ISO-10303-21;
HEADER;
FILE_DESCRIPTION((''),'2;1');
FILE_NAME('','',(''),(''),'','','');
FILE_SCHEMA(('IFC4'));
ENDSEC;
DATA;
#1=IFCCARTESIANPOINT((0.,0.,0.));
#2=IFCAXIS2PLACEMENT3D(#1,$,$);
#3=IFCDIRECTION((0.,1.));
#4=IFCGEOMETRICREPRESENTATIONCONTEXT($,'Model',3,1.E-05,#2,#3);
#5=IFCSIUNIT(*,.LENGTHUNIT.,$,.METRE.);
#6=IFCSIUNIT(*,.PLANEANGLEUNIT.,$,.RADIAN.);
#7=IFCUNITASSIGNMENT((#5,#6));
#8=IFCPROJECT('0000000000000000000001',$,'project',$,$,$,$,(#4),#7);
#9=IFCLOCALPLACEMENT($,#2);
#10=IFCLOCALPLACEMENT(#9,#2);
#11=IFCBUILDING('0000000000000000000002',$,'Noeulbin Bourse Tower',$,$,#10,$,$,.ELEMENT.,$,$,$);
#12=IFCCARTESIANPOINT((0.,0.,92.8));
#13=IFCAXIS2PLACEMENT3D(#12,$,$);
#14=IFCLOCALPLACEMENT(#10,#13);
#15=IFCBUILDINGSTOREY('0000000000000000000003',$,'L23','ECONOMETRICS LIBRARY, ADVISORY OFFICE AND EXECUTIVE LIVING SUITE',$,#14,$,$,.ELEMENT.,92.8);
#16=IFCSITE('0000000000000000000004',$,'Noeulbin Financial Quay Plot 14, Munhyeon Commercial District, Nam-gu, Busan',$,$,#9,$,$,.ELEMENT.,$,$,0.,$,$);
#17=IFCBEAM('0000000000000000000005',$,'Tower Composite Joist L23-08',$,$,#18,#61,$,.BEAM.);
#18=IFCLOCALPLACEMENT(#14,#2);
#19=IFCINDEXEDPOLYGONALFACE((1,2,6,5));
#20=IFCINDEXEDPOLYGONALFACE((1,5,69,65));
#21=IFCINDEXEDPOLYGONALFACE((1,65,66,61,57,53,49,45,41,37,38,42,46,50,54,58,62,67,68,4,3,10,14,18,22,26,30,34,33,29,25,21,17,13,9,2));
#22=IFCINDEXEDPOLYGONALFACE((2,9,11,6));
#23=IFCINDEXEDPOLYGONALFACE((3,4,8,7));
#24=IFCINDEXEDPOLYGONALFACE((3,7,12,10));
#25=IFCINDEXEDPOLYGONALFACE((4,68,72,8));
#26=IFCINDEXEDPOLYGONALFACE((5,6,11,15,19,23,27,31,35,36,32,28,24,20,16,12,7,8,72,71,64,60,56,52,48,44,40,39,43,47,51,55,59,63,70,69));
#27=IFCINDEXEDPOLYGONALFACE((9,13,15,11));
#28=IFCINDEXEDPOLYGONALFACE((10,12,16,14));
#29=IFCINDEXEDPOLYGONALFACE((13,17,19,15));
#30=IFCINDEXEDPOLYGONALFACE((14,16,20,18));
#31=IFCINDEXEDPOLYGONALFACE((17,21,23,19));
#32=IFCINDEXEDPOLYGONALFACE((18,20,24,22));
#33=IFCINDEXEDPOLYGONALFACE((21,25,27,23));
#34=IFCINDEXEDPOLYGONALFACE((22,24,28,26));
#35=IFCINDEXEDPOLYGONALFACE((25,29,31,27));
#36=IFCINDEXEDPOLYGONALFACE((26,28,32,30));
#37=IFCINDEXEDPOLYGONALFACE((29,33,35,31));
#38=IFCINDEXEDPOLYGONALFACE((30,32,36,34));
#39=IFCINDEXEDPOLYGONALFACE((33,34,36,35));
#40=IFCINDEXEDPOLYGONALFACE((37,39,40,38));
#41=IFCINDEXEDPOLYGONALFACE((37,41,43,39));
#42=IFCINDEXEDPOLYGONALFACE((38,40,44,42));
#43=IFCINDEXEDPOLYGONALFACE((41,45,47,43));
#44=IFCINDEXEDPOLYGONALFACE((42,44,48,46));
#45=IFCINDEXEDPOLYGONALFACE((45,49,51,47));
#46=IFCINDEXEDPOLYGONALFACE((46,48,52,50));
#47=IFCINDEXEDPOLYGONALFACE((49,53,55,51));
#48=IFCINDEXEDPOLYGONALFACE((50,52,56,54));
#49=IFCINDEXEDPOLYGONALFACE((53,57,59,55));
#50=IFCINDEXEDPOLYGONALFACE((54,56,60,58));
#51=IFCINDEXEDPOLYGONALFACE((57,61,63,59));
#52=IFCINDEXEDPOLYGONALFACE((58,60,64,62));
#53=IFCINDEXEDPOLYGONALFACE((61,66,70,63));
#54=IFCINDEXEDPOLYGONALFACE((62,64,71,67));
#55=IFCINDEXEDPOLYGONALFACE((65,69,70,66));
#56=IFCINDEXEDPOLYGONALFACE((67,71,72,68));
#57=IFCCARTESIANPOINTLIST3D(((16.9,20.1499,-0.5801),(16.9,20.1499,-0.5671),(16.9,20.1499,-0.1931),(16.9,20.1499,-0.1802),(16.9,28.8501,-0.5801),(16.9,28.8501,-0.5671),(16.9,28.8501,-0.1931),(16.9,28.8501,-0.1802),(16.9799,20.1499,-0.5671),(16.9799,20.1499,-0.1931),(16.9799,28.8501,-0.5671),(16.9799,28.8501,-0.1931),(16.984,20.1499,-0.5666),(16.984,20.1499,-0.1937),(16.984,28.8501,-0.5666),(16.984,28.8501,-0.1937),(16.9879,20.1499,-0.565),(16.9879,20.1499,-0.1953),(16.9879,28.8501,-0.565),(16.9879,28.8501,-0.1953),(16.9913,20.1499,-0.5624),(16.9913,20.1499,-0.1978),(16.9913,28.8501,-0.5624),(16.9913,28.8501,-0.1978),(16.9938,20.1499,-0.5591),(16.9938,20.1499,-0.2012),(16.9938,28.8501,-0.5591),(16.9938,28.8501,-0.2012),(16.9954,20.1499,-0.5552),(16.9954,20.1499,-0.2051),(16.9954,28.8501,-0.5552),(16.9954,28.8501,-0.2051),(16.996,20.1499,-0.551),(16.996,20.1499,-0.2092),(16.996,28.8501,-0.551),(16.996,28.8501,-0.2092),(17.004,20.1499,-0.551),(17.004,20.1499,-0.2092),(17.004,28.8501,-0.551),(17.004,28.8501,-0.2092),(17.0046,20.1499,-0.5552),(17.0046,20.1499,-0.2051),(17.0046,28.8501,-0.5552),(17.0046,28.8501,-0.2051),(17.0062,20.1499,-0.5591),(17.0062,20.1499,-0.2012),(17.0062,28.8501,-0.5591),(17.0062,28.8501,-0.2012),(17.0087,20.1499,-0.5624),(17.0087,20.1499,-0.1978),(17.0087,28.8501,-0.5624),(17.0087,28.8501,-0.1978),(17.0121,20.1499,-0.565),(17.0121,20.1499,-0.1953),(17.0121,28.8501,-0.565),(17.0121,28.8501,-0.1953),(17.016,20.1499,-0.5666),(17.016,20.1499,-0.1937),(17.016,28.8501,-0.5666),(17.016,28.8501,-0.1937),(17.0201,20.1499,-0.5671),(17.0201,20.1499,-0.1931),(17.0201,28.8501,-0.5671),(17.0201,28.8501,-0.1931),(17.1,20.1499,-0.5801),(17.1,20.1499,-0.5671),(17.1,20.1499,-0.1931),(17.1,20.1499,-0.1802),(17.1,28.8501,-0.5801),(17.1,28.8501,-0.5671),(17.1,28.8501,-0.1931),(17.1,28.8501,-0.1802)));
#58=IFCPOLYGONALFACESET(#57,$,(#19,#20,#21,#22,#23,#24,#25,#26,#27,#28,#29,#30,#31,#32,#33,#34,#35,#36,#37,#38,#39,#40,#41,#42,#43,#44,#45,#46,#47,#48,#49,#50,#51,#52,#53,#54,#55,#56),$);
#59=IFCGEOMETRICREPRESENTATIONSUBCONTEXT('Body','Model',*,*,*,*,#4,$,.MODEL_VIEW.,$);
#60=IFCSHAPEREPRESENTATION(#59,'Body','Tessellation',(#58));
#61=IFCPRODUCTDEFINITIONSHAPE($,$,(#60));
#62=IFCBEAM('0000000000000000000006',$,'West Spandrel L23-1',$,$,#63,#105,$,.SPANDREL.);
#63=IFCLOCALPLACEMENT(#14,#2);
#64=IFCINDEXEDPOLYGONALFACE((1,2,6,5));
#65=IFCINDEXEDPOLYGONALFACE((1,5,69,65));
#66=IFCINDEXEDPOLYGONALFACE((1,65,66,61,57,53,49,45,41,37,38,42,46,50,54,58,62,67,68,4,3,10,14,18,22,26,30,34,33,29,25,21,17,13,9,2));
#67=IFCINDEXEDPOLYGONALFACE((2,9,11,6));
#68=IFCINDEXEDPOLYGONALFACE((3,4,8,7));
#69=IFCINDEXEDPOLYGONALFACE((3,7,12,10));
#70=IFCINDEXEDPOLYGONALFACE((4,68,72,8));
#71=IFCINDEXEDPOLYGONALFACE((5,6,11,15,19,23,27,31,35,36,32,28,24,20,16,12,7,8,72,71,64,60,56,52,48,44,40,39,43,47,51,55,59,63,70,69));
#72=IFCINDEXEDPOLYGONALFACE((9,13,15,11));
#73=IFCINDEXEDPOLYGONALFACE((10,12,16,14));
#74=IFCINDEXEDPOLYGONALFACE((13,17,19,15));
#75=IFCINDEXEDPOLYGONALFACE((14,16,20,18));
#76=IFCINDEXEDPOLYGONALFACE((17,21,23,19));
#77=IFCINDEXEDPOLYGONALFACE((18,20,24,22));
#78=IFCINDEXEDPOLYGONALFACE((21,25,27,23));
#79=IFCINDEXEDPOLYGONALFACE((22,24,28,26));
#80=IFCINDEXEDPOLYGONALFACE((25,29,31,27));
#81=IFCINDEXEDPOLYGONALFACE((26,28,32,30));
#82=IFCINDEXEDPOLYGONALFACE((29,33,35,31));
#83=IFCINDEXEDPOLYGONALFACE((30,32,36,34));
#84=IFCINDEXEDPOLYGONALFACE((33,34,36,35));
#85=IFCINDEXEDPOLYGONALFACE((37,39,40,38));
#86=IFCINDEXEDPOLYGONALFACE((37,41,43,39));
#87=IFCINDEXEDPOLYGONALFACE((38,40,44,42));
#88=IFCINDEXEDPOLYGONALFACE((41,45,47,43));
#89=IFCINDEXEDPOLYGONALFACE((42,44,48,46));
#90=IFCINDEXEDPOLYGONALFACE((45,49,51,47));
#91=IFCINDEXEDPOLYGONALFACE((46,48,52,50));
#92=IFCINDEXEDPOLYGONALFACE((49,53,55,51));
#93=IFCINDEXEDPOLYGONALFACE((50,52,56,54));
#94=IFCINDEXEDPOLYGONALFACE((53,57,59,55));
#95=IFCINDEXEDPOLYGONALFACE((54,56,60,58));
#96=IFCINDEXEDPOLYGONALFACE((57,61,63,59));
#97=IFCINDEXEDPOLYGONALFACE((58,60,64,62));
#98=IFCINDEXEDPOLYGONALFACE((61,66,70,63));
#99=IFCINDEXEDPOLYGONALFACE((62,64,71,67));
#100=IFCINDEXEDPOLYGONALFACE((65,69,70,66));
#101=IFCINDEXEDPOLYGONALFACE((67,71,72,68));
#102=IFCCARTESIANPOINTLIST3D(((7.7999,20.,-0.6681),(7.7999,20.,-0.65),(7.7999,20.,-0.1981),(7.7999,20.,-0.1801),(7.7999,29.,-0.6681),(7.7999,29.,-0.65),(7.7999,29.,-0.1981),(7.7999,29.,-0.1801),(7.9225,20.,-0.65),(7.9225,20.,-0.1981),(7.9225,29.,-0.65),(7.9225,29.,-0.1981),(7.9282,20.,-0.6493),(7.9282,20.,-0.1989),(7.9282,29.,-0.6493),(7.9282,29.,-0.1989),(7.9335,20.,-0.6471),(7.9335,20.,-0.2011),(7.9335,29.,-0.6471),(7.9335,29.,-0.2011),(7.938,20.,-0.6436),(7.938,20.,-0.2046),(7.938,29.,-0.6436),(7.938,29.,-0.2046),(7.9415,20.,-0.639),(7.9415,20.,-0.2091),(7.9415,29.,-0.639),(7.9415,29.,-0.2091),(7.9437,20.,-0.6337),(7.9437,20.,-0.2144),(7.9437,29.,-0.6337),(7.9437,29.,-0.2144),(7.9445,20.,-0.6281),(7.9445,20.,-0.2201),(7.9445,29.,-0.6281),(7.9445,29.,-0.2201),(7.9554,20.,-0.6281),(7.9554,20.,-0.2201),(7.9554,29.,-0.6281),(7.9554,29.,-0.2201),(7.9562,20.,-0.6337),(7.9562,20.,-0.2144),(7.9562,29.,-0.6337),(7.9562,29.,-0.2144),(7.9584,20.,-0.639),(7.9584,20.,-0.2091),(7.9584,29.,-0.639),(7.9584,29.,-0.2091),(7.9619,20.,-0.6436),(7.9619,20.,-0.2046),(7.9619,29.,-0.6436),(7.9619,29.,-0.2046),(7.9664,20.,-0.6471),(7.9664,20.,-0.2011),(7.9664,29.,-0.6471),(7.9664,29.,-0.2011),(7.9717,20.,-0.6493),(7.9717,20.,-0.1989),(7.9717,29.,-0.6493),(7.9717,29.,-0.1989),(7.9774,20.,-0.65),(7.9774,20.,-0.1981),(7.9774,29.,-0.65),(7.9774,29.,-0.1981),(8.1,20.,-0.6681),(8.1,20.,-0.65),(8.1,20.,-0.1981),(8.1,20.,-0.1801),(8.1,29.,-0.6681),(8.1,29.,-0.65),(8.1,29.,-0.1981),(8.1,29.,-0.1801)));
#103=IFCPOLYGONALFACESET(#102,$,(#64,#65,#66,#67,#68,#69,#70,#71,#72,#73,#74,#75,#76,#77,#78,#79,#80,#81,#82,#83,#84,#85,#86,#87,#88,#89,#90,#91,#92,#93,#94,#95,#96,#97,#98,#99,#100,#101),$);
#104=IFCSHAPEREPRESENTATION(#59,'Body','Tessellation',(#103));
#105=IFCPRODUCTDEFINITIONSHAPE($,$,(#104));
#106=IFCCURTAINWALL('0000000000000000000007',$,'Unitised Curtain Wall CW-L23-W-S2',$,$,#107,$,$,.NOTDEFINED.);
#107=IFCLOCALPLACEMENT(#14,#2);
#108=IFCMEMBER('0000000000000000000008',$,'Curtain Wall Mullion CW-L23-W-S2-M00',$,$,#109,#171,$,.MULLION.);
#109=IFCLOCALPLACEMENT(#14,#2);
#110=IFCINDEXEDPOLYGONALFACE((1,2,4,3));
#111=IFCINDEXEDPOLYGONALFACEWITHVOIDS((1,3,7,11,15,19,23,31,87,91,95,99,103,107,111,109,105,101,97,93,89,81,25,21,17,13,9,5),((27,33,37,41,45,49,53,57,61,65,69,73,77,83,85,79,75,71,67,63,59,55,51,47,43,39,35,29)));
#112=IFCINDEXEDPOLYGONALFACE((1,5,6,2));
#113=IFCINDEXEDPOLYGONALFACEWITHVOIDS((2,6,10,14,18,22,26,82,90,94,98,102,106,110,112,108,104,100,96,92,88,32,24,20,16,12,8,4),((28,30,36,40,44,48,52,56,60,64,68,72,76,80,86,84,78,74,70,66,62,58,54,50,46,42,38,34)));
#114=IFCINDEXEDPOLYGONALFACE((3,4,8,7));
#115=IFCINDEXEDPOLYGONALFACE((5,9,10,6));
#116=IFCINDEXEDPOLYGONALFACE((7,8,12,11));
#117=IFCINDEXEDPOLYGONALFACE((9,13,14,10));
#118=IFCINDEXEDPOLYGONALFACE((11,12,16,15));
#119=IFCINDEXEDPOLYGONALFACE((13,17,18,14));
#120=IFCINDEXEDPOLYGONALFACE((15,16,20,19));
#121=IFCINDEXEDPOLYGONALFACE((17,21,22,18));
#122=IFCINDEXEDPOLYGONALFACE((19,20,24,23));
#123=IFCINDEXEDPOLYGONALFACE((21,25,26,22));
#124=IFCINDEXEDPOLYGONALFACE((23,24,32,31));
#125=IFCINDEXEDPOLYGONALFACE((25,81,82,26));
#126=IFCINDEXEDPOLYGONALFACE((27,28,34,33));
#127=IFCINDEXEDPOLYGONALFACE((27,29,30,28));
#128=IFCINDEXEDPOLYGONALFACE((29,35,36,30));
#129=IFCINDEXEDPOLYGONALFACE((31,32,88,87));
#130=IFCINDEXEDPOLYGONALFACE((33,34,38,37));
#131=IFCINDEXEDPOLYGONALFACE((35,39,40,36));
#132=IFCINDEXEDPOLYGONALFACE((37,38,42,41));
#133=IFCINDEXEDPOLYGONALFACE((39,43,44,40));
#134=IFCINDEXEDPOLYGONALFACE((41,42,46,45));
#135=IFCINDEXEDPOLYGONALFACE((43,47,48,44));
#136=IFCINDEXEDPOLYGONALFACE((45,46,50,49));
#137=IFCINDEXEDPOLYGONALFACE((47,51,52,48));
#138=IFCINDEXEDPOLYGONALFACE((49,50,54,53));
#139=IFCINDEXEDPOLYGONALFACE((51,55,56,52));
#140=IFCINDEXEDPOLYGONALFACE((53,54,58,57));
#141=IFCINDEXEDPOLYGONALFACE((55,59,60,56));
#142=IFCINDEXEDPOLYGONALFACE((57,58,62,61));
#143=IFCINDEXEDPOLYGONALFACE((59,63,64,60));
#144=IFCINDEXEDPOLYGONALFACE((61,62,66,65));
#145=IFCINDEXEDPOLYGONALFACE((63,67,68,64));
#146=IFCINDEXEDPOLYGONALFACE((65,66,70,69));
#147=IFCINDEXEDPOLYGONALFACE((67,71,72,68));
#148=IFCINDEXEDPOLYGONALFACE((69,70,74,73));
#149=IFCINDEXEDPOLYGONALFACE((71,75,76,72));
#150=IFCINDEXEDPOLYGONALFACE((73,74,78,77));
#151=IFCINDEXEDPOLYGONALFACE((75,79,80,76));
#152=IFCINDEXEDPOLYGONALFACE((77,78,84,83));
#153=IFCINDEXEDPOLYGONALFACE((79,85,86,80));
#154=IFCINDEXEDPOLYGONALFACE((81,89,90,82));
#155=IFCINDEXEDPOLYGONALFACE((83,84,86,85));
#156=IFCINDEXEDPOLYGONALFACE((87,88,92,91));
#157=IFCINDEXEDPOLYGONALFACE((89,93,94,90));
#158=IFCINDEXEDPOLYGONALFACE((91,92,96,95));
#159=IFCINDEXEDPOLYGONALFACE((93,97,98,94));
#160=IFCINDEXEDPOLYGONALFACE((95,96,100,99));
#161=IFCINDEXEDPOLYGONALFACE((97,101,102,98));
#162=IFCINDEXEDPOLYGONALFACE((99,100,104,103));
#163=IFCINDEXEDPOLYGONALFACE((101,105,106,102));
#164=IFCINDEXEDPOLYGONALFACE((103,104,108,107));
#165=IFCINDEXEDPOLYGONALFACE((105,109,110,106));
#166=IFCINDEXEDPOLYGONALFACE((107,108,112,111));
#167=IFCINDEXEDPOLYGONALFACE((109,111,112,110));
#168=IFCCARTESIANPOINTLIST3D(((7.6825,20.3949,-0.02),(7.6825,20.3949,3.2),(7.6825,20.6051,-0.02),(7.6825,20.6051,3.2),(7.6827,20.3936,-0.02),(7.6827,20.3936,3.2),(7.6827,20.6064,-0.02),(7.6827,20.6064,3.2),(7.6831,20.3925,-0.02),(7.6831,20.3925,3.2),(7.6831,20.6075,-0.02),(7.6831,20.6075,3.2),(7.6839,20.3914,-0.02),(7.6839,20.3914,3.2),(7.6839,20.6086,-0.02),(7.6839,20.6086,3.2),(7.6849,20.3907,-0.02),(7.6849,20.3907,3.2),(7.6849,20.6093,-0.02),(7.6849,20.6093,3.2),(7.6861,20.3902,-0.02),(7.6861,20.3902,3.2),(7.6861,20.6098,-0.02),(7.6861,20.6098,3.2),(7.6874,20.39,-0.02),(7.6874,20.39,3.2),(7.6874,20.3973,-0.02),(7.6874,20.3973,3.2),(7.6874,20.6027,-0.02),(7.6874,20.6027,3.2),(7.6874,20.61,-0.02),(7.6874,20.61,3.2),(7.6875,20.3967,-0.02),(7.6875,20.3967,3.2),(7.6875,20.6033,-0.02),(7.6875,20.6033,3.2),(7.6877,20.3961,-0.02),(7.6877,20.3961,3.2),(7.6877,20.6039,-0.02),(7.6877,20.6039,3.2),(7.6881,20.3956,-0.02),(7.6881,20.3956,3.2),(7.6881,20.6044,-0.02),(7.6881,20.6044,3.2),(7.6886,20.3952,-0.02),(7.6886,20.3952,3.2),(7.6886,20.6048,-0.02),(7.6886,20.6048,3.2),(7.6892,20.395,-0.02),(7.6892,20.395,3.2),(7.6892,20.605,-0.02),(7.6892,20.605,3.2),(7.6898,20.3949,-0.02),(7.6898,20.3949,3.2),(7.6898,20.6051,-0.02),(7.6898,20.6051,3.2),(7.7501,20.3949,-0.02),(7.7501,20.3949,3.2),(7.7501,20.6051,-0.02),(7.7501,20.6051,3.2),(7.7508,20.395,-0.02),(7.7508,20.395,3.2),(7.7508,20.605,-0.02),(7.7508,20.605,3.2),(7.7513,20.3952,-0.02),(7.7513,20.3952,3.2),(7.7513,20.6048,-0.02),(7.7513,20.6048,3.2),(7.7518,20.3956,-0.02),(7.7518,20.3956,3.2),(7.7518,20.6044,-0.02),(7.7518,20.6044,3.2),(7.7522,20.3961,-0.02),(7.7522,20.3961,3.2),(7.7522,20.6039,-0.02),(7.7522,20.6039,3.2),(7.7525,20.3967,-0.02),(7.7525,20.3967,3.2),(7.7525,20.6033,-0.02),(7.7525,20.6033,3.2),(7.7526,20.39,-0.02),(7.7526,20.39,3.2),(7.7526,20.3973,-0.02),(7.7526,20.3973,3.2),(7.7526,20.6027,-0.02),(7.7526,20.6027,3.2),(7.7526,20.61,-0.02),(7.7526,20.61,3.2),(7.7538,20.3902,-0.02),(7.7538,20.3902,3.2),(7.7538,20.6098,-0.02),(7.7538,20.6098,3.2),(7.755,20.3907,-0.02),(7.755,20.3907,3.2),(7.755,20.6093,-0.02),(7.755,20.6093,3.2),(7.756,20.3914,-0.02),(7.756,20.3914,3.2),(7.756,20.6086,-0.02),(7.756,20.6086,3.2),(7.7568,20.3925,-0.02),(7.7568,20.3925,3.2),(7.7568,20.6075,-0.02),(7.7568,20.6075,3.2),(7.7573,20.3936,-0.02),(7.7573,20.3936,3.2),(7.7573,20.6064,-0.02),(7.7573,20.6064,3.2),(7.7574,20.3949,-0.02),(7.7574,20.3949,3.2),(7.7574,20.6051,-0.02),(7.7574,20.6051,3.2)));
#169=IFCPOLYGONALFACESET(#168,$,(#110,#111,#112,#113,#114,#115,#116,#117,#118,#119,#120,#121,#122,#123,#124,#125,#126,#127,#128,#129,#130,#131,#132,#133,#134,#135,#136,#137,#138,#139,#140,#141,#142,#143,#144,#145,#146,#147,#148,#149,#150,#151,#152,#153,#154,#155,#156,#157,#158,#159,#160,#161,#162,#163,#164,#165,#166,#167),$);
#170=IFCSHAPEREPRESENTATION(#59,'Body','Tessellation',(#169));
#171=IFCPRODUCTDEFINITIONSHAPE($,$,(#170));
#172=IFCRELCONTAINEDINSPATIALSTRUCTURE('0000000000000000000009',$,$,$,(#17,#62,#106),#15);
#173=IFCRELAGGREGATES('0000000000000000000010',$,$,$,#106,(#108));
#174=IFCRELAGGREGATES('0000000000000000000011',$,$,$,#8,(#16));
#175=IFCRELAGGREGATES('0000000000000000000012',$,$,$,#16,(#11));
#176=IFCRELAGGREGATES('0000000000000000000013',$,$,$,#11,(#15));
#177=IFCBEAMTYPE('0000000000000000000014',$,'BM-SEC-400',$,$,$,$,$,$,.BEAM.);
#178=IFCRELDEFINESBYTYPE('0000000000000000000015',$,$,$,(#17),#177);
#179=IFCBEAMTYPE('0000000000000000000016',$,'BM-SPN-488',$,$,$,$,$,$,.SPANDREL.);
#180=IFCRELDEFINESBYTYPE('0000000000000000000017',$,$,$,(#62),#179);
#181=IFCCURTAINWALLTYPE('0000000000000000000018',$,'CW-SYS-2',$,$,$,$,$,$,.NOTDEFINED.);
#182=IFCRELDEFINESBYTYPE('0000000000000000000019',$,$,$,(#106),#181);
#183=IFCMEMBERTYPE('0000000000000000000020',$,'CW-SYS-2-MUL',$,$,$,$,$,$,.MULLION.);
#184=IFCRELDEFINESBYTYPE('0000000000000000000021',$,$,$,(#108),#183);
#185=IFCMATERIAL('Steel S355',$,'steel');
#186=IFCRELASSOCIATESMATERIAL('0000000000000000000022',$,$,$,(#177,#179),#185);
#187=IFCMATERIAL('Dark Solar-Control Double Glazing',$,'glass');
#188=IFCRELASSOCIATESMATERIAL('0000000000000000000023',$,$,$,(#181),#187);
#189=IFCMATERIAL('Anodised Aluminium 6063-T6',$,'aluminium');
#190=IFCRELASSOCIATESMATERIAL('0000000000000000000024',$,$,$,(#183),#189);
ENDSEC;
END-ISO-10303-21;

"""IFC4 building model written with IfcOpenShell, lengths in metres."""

from ifc_helpers import new_model, si_unit, direction, frame, origin, origin_2d, place, context, subcontext, project, spatial, hollow_rectangle, i_section, extrude, material, material_profile, profile_set, type_object, element, aggregate, save


model = new_model("IFC4")

# Units and contexts
model_context = context("Model", 3, precision=1e-05, world=origin(), true_north=direction((0.0, 1.0)))
body_context = subcontext(model_context, "Body", "Model", "MODEL_VIEW")
ifc_project = project(units=[si_unit("LENGTHUNIT", "METRE"), si_unit("PLANEANGLEUNIT", "RADIAN")], contexts=[model_context])

# Site, building, storey
site_placement = place(None, origin())
site = spatial("IfcSite", under=ifc_project, at=site_placement, Name="Noeulbin Financial Quay Plot 14, Munhyeon Commercial District, Nam-gu, Busan", CompositionType="ELEMENT", RefElevation=0.0)
building_placement = place(site_placement, origin())
building = spatial("IfcBuilding", under=site, at=building_placement, Name="Noeulbin Bourse Tower", CompositionType="ELEMENT")
storey_placement = place(building_placement, frame((0.0, 0.0, 92.8)))
storey = spatial("IfcBuildingStorey", under=building, at=storey_placement, Name="L23", Description="ECONOMETRICS LIBRARY, ADVISORY OFFICE AND EXECUTIVE LIVING SUITE", CompositionType="ELEMENT", Elevation=92.8)

# Beams
ifc_material_1 = material(Name="Steel S355", Category="steel")
ifc_material_profile_1 = material_profile(ifc_material_1, i_section(OverallWidth=0.2, OverallDepth=0.3999, WebThickness=0.0081, FlangeThickness=0.0129, FilletRadius=0.0161, at=origin_2d()), Name="H-400x200x8x13", Category="LoadBearing")
ifc_profile_set_1 = profile_set([ifc_material_profile_1], Name="Steel S355")
beam_type_1 = type_object("IfcBeamType", Name="BM-SEC-400", PredefinedType="BEAM", material=ifc_profile_set_1)
for number, where, z_axis, x_axis, name in (
    (1, (17.0, 20.1499, -0.3801), (0.0, 1.0, 0.0), (-1.0, 0.0, 0.0), "Tower Composite Joist L23-08"),
):
    element("IfcBeam", number, at=place(storey_placement, frame(where, z_axis=z_axis, x_axis=x_axis)), inside=storey, type_object=beam_type_1, Name=name, PredefinedType="BEAM", context=body_context, shape_type="SweptSolid", body=[
        extrude(i_section(OverallWidth=0.2, OverallDepth=0.3999, WebThickness=0.0081, FlangeThickness=0.0129, FilletRadius=0.0161, at=origin_2d()), origin(), (0.0, 0.0, 1.0), 8.7002),
    ])
ifc_material_profile_2 = material_profile(ifc_material_1, i_section(OverallWidth=0.3, OverallDepth=0.488, WebThickness=0.011, FlangeThickness=0.0181, FilletRadius=0.022, at=origin_2d()), Name="H-488x300x11x18", Category="LoadBearing")
ifc_profile_set_2 = profile_set([ifc_material_profile_2], Name="Steel S355")
beam_type_2 = type_object("IfcBeamType", Name="BM-SPN-488", PredefinedType="SPANDREL", material=ifc_profile_set_2)
beam_1_placement = place(storey_placement, frame((7.95, 20.0, -0.4241), z_axis=(0.0, 1.0, 0.0), x_axis=(-1.0, 0.0, 0.0)))
element("IfcBeam", 2, at=beam_1_placement, inside=storey, type_object=beam_type_2, Name="West Spandrel L23-1", PredefinedType="SPANDREL", context=body_context, shape_type="SweptSolid", body=[
    extrude(i_section(OverallWidth=0.3, OverallDepth=0.488, WebThickness=0.011, FlangeThickness=0.0181, FilletRadius=0.022, at=origin_2d()), origin(), (0.0, 0.0, 1.0), 9.0),
])

# Curtain wall, member
ifc_material_2 = material(Name="Dark Solar-Control Double Glazing", Category="glass")
curtain_wall_type = type_object("IfcCurtainWallType", Name="CW-SYS-2", PredefinedType="NOTDEFINED", material=ifc_material_2)
curtain_wall_placement = place(storey_placement, origin())
curtain_wall = element("IfcCurtainWall", 3, at=curtain_wall_placement, inside=storey, type_object=curtain_wall_type, Name="Unitised Curtain Wall CW-L23-W-S2", PredefinedType="NOTDEFINED")
ifc_material_3 = material(Name="Anodised Aluminium 6063-T6", Category="aluminium")
ifc_material_profile_3 = material_profile(ifc_material_3, hollow_rectangle(XDim=0.075, YDim=0.22, WallThickness=0.0049, InnerFilletRadius=0.0024, OuterFilletRadius=0.0049, at=origin_2d()), Name="ALU-MULL-75x220x5", Category="LoadBearing")
ifc_profile_set_3 = profile_set([ifc_material_profile_3], Name="Anodised Aluminium 6063-T6")
member_type_1 = type_object("IfcMemberType", Name="CW-SYS-2-MUL", PredefinedType="MULLION", material=ifc_profile_set_3)
member_1_placement = place(storey_placement, frame((7.72, 20.5, -0.02), z_axis=(0.0, 0.0, 1.0), x_axis=(1.0, 0.0, 0.0)))
member_1 = element("IfcMember", 4, at=member_1_placement, type_object=member_type_1, Name="Curtain Wall Mullion CW-L23-W-S2-M00", PredefinedType="MULLION", context=body_context, shape_type="SweptSolid", body=[
    extrude(hollow_rectangle(XDim=0.075, YDim=0.22, WallThickness=0.0049, InnerFilletRadius=0.0024, OuterFilletRadius=0.0049, at=origin_2d()), origin(), (0.0, 0.0, 1.0), 3.22),
])
aggregate(curtain_wall, [member_1])

save(model, "model.ifc")
